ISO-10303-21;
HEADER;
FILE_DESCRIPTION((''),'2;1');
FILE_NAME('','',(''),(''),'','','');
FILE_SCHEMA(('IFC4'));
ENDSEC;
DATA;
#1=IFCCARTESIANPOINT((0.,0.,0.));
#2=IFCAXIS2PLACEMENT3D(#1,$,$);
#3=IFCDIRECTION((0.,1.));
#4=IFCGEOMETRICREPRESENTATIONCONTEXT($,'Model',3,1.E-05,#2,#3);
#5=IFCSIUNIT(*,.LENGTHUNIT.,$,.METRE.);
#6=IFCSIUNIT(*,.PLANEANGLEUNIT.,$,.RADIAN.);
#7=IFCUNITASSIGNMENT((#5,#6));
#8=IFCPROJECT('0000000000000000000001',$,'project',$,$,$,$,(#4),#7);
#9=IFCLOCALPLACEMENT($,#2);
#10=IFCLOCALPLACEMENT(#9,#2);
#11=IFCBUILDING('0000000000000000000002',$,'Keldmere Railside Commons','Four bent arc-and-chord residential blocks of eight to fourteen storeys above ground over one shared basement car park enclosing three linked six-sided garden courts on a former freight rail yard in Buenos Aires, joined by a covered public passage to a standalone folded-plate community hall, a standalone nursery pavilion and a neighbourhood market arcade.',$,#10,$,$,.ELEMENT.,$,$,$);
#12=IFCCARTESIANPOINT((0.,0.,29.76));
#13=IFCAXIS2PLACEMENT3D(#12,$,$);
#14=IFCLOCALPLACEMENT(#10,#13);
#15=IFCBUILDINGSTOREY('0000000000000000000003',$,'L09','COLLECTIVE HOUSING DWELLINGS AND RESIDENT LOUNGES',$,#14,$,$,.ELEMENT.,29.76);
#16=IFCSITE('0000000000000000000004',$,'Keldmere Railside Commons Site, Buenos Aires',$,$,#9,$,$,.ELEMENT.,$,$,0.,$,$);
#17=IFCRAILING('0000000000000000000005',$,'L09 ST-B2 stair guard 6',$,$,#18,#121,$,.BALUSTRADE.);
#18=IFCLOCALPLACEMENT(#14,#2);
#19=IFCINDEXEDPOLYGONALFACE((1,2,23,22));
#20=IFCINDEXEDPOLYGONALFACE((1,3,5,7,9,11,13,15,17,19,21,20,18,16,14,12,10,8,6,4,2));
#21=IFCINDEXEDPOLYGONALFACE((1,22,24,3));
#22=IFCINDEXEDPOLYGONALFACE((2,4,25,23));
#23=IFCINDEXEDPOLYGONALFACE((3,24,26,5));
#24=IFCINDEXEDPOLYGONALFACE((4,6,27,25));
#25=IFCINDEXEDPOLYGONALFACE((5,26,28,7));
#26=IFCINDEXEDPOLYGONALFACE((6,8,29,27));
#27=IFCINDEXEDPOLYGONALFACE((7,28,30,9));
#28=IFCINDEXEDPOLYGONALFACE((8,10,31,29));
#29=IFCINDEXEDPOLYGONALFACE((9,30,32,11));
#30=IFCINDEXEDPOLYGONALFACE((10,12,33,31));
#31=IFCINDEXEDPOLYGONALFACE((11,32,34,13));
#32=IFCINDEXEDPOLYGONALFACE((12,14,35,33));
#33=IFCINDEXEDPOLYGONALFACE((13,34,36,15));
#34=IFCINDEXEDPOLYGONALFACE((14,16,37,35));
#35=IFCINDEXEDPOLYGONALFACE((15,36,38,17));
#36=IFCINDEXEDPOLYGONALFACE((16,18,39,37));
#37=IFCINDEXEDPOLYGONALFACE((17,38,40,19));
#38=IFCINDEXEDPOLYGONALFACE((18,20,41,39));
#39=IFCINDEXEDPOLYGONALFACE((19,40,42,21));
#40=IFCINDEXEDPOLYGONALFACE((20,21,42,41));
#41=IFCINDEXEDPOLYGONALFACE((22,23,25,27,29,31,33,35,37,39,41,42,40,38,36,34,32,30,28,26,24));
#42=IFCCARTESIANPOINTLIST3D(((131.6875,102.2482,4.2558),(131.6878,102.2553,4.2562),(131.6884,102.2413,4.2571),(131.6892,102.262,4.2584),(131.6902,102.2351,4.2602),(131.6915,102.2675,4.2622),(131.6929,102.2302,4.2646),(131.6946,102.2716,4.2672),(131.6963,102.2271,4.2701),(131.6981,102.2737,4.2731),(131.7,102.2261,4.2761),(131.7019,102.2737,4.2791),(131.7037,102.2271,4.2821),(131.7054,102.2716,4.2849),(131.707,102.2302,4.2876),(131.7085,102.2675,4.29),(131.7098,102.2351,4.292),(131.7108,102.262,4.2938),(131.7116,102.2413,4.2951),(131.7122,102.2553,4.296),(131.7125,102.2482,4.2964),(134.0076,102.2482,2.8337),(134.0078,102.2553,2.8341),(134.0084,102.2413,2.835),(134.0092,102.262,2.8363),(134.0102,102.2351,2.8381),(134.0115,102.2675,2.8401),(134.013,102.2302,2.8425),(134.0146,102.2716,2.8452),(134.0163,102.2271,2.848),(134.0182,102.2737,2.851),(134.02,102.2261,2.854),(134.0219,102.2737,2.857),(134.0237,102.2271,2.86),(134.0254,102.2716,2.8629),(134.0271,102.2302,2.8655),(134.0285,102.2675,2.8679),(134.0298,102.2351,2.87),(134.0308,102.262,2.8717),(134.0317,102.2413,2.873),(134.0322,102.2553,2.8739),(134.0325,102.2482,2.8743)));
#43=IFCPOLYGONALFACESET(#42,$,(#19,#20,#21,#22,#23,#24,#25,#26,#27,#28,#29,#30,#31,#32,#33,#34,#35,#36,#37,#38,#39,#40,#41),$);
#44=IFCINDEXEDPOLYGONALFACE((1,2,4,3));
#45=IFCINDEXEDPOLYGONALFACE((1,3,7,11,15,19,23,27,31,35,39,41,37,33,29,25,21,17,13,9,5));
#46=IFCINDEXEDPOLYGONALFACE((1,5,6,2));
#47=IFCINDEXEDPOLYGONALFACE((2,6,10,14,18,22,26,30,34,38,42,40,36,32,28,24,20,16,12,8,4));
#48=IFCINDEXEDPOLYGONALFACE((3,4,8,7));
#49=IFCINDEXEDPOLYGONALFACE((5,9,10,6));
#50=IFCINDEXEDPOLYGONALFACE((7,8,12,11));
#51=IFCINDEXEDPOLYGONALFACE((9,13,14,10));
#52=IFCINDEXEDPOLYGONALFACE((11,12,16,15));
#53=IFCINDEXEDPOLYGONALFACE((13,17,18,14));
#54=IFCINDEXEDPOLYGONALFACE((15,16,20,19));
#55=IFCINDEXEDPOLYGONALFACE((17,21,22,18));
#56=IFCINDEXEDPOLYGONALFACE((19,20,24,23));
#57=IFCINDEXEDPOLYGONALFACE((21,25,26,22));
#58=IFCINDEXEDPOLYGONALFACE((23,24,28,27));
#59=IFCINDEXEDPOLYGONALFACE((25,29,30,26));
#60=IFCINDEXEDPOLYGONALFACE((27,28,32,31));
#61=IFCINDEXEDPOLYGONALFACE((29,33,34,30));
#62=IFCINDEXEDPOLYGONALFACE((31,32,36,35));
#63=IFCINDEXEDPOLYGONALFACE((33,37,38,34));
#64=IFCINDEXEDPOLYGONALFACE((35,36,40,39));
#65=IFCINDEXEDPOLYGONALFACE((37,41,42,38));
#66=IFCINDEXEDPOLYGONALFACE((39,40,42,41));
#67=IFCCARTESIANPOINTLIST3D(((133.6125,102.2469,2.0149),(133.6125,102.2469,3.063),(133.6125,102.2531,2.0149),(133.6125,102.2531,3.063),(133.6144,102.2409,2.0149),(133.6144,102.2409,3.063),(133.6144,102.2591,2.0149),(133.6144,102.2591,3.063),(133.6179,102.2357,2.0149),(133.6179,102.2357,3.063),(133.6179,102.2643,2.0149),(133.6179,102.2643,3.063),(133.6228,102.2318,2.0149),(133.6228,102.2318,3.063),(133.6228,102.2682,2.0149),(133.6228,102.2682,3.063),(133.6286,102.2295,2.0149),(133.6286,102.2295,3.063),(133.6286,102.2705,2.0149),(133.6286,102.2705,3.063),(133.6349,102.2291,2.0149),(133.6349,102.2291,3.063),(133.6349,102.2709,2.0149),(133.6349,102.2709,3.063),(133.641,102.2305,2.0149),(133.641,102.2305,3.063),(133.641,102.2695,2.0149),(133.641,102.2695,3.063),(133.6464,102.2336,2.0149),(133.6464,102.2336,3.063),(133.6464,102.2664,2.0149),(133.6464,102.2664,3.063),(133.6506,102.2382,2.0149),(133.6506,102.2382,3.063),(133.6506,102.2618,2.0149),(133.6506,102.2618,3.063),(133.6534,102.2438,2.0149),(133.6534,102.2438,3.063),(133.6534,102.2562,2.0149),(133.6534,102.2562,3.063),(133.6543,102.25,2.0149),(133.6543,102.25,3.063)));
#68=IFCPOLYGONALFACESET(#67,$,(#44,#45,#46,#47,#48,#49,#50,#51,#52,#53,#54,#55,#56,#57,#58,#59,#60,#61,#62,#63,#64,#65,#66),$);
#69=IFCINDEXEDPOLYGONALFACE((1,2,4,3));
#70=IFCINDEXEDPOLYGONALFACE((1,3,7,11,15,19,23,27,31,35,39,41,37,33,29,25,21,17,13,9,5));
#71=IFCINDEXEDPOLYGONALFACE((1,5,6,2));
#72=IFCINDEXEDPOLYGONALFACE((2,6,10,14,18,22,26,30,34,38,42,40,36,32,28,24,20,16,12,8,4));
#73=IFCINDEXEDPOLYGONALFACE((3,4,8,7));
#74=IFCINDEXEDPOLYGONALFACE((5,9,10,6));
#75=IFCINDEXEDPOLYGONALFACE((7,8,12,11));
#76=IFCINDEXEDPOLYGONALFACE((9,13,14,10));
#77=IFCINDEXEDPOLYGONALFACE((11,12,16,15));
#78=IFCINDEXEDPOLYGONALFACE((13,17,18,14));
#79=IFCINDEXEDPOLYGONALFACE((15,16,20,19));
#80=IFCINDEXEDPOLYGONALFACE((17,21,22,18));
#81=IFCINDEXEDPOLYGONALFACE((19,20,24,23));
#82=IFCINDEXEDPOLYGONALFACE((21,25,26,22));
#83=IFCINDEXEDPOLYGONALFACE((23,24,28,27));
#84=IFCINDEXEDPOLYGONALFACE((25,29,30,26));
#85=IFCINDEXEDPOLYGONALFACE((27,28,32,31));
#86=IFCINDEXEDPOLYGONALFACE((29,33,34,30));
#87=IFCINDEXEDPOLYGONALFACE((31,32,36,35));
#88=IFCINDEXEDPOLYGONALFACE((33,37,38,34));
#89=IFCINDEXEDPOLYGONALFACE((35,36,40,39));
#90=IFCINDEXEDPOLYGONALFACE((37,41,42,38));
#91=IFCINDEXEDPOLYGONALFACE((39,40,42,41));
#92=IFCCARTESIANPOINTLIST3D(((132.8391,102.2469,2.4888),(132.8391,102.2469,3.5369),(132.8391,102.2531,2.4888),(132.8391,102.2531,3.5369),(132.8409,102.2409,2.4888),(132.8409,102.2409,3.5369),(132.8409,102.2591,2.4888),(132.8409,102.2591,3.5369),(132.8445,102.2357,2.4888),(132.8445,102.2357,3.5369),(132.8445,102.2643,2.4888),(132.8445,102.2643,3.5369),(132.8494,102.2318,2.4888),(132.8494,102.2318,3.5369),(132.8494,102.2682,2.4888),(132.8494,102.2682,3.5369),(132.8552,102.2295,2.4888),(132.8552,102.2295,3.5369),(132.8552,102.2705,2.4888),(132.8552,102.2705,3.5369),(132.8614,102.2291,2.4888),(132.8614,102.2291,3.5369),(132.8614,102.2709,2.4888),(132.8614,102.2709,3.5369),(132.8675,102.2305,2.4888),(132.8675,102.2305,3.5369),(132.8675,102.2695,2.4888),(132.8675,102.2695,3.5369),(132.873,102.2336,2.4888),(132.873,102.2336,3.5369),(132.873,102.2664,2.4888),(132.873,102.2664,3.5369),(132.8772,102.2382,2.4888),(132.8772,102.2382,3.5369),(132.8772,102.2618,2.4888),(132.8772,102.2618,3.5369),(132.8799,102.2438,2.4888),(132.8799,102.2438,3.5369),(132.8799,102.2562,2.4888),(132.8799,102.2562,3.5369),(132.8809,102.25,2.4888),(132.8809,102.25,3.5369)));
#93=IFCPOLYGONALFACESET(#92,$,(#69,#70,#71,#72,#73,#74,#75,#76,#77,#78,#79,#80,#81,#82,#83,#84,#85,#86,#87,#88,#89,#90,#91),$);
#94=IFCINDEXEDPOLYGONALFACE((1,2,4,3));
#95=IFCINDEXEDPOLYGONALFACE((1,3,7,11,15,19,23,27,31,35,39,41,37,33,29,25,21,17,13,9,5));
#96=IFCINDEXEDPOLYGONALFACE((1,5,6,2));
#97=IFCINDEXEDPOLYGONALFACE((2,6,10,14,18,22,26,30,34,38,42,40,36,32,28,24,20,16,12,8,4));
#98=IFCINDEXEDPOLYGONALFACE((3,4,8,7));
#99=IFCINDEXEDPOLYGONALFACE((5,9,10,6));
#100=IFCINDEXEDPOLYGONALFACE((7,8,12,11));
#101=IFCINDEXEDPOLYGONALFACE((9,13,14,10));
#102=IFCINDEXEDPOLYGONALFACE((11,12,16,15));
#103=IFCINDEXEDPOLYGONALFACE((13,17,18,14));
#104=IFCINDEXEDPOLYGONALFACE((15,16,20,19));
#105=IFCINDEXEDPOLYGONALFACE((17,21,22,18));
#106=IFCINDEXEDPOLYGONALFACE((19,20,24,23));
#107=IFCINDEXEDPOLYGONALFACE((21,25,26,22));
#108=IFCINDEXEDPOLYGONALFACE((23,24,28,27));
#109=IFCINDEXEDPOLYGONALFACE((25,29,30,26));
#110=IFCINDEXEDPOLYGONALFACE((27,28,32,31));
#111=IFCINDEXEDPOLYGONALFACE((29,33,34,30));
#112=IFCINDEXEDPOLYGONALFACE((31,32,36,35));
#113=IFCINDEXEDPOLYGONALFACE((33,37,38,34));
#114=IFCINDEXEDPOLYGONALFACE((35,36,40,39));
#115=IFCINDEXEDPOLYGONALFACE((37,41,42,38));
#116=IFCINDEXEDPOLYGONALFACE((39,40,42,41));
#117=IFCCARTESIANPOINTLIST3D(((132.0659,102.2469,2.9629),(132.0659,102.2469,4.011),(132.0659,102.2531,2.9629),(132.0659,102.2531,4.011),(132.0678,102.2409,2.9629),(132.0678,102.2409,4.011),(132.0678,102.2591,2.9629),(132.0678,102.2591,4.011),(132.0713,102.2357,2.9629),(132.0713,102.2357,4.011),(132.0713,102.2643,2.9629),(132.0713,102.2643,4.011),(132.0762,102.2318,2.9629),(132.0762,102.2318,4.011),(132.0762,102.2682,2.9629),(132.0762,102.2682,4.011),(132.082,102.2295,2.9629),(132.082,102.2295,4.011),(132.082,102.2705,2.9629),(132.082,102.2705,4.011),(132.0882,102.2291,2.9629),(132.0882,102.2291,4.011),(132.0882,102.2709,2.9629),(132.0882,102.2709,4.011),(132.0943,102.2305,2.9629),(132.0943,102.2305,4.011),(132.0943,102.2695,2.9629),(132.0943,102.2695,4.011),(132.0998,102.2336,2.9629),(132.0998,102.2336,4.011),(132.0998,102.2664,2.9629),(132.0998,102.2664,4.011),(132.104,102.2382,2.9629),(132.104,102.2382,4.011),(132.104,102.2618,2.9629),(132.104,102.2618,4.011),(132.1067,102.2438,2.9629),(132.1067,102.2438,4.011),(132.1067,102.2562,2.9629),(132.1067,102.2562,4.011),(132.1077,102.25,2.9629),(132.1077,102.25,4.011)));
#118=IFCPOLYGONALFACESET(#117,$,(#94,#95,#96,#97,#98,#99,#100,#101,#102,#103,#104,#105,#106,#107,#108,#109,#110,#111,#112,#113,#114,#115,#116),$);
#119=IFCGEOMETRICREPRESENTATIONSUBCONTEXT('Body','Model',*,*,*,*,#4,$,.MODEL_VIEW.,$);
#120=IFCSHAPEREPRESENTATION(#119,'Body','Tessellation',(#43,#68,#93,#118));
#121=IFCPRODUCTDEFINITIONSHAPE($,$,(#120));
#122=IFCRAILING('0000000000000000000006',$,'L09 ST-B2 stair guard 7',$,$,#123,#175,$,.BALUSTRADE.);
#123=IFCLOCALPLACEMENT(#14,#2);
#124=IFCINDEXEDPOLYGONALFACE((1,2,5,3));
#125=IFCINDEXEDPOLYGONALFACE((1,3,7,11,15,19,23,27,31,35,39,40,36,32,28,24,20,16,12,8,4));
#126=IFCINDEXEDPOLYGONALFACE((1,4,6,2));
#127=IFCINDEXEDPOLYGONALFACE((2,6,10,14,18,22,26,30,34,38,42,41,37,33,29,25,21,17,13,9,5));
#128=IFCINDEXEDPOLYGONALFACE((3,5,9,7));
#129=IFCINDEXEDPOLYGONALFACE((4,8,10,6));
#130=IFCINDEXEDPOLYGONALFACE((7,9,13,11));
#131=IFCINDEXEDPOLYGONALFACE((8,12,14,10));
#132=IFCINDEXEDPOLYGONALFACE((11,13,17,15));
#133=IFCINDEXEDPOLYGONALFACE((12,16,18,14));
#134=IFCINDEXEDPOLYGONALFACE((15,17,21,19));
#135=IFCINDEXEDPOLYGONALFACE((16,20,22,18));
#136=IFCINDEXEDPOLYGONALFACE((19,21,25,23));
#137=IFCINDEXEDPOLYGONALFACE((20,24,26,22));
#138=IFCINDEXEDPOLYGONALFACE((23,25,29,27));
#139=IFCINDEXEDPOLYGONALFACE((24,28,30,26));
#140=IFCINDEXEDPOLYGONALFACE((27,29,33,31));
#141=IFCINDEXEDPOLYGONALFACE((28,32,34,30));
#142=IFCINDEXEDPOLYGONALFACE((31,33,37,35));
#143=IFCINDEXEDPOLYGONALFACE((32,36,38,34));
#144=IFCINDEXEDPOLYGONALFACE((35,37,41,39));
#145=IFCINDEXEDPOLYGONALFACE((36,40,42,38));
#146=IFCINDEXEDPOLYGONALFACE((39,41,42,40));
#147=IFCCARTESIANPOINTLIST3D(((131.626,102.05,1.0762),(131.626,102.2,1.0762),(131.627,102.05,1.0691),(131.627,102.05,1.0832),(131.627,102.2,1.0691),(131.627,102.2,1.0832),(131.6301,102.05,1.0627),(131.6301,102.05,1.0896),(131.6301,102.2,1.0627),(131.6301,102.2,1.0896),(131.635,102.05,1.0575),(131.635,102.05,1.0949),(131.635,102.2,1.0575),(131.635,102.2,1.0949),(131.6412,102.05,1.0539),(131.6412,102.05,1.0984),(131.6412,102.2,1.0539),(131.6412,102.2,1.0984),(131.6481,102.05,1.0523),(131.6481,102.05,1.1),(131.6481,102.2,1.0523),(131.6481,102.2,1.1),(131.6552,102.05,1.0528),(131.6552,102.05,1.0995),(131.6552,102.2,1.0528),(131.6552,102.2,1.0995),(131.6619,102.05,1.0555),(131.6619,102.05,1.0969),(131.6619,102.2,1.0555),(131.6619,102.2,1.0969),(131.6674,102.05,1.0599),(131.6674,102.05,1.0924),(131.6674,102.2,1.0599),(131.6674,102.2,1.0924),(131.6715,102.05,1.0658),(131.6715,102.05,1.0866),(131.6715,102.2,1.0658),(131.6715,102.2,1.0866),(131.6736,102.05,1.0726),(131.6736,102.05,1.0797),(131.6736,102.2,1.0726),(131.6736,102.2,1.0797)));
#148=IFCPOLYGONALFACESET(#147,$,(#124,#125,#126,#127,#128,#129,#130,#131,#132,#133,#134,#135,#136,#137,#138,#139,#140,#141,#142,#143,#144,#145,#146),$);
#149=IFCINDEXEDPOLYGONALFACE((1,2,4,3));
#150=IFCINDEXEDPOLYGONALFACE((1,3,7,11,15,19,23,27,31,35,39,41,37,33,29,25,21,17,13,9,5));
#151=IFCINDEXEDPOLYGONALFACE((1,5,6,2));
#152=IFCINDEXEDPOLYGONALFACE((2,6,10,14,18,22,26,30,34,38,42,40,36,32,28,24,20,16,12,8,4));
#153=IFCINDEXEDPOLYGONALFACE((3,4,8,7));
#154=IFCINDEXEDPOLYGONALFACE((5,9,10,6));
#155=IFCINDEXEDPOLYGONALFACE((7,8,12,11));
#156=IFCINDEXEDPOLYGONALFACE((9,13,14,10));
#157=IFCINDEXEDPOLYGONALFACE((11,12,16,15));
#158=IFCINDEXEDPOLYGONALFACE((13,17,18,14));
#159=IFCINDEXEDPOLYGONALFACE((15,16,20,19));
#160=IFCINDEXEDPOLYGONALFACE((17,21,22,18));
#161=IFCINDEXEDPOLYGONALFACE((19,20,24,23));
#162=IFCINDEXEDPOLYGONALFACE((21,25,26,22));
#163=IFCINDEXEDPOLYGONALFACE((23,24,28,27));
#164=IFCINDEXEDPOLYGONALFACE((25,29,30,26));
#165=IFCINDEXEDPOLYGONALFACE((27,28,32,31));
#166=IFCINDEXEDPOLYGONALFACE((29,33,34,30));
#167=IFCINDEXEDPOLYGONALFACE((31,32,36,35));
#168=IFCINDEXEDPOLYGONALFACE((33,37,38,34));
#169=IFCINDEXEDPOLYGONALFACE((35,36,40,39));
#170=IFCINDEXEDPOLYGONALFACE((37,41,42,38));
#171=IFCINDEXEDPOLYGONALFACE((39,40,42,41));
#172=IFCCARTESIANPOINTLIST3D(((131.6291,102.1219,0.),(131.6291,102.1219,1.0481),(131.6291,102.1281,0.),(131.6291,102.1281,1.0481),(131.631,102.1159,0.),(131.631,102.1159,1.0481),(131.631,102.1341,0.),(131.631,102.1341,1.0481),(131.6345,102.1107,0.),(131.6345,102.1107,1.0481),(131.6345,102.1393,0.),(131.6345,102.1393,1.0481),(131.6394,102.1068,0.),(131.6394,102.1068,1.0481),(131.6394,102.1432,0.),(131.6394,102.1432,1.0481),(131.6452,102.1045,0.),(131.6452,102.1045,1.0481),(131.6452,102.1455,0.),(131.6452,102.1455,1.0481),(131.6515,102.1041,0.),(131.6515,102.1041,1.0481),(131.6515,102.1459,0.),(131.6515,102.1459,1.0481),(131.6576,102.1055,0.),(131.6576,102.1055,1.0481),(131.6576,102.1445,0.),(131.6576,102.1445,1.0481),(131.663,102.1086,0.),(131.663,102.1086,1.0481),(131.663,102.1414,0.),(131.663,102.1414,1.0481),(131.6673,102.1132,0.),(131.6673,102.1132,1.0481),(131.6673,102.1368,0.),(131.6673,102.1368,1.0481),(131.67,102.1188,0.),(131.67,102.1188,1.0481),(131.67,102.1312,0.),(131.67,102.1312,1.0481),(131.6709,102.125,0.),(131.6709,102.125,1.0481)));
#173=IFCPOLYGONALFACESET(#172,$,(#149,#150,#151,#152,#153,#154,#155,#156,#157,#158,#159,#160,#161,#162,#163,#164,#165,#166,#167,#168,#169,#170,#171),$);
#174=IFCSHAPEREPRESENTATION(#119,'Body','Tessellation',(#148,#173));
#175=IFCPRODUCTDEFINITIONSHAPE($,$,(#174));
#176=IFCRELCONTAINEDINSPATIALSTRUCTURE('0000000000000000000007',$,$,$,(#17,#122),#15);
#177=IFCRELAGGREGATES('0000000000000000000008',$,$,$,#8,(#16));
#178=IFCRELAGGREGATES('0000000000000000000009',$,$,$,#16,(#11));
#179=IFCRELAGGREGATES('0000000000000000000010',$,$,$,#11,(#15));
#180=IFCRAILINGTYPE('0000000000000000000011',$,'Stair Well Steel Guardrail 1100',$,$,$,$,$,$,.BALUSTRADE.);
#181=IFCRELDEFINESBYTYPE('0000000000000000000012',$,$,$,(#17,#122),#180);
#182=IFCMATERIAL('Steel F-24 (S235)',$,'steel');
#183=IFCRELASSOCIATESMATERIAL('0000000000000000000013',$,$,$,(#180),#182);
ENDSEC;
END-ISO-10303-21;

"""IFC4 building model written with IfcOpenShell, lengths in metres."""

from ifc_helpers import new_model, si_unit, direction, frame, origin, origin_2d, place, context, subcontext, project, spatial, circle, extrude, material, type_object, element, save


model = new_model("IFC4")

# Units and contexts
model_context = context("Model", 3, precision=1e-05, world=origin(), true_north=direction((0.0, 1.0)))
body_context = subcontext(model_context, "Body", "Model", "MODEL_VIEW")
ifc_project = project(units=[si_unit("LENGTHUNIT", "METRE"), si_unit("PLANEANGLEUNIT", "RADIAN")], contexts=[model_context])

# Site, building, storey
site_placement = place(None, origin())
site = spatial("IfcSite", under=ifc_project, at=site_placement, Name="Keldmere Railside Commons Site, Buenos Aires", CompositionType="ELEMENT", RefElevation=0.0)
building_placement = place(site_placement, origin())
building = spatial("IfcBuilding", under=site, at=building_placement, Name="Keldmere Railside Commons", Description="Four bent arc-and-chord residential blocks of eight to fourteen storeys above ground over one shared basement car park enclosing three linked six-sided garden courts on a former freight rail yard in Buenos Aires, joined by a covered public passage to a standalone folded-plate community hall, a standalone nursery pavilion and a neighbourhood market arcade.", CompositionType="ELEMENT")
storey_placement = place(building_placement, frame((0.0, 0.0, 29.76)))
storey = spatial("IfcBuildingStorey", under=building, at=storey_placement, Name="L09", Description="COLLECTIVE HOUSING DWELLINGS AND RESIDENT LOUNGES", CompositionType="ELEMENT", Elevation=29.76)

# Railings
ifc_material_1 = material(Name="Steel F-24 (S235)", Category="steel")
railing_type_1 = type_object("IfcRailingType", Name="Stair Well Steel Guardrail 1100", PredefinedType="BALUSTRADE", material=ifc_material_1)
railing_1_placement = place(storey_placement, frame((134.02, 102.25, 1.7778)))
element("IfcRailing", 1, at=railing_1_placement, inside=storey, type_object=railing_type_1, Name="L09 ST-B2 stair guard 6", PredefinedType="BALUSTRADE", context=body_context, shape_type="SweptSolid", body=[
    extrude(circle(Radius=0.0239, at=origin_2d()), frame((0.0, 0.0, 1.0762), z_axis=(-0.852578, 0.0, 0.5226), x_axis=(0.0, -1.0, 0.0)), (0.0, 0.0, 1.0), 2.7212),
    extrude(circle(Radius=0.021, at=origin_2d()), frame((-0.3867, 0.0, 0.2371)), (0.0, 0.0, 1.0), 1.0481),
    extrude(circle(Radius=0.021, at=origin_2d()), frame((-1.1602, 0.0, 0.7109)), (0.0, 0.0, 1.0), 1.0481),
    extrude(circle(Radius=0.021, at=origin_2d()), frame((-1.9333, 0.0, 1.1851)), (0.0, 0.0, 1.0), 1.0481),
])
railing_2_placement = place(storey_placement, frame((131.6499, 102.05, 0.0)))
element("IfcRailing", 2, at=railing_2_placement, inside=storey, type_object=railing_type_1, Name="L09 ST-B2 stair guard 7", PredefinedType="BALUSTRADE", context=body_context, shape_type="SweptSolid", body=[
    extrude(circle(Radius=0.0239, at=origin_2d()), frame((0.0, 0.0, 1.0762), z_axis=(0.0, 1.0, 0.0), x_axis=(-1.0, 0.0, 0.0)), (0.0, 0.0, 1.0), 0.1499),
    extrude(circle(Radius=0.021, at=origin_2d()), frame((0.0, 0.075, 0.0)), (0.0, 0.0, 1.0), 1.0481),
])

save(model, "model.ifc")
